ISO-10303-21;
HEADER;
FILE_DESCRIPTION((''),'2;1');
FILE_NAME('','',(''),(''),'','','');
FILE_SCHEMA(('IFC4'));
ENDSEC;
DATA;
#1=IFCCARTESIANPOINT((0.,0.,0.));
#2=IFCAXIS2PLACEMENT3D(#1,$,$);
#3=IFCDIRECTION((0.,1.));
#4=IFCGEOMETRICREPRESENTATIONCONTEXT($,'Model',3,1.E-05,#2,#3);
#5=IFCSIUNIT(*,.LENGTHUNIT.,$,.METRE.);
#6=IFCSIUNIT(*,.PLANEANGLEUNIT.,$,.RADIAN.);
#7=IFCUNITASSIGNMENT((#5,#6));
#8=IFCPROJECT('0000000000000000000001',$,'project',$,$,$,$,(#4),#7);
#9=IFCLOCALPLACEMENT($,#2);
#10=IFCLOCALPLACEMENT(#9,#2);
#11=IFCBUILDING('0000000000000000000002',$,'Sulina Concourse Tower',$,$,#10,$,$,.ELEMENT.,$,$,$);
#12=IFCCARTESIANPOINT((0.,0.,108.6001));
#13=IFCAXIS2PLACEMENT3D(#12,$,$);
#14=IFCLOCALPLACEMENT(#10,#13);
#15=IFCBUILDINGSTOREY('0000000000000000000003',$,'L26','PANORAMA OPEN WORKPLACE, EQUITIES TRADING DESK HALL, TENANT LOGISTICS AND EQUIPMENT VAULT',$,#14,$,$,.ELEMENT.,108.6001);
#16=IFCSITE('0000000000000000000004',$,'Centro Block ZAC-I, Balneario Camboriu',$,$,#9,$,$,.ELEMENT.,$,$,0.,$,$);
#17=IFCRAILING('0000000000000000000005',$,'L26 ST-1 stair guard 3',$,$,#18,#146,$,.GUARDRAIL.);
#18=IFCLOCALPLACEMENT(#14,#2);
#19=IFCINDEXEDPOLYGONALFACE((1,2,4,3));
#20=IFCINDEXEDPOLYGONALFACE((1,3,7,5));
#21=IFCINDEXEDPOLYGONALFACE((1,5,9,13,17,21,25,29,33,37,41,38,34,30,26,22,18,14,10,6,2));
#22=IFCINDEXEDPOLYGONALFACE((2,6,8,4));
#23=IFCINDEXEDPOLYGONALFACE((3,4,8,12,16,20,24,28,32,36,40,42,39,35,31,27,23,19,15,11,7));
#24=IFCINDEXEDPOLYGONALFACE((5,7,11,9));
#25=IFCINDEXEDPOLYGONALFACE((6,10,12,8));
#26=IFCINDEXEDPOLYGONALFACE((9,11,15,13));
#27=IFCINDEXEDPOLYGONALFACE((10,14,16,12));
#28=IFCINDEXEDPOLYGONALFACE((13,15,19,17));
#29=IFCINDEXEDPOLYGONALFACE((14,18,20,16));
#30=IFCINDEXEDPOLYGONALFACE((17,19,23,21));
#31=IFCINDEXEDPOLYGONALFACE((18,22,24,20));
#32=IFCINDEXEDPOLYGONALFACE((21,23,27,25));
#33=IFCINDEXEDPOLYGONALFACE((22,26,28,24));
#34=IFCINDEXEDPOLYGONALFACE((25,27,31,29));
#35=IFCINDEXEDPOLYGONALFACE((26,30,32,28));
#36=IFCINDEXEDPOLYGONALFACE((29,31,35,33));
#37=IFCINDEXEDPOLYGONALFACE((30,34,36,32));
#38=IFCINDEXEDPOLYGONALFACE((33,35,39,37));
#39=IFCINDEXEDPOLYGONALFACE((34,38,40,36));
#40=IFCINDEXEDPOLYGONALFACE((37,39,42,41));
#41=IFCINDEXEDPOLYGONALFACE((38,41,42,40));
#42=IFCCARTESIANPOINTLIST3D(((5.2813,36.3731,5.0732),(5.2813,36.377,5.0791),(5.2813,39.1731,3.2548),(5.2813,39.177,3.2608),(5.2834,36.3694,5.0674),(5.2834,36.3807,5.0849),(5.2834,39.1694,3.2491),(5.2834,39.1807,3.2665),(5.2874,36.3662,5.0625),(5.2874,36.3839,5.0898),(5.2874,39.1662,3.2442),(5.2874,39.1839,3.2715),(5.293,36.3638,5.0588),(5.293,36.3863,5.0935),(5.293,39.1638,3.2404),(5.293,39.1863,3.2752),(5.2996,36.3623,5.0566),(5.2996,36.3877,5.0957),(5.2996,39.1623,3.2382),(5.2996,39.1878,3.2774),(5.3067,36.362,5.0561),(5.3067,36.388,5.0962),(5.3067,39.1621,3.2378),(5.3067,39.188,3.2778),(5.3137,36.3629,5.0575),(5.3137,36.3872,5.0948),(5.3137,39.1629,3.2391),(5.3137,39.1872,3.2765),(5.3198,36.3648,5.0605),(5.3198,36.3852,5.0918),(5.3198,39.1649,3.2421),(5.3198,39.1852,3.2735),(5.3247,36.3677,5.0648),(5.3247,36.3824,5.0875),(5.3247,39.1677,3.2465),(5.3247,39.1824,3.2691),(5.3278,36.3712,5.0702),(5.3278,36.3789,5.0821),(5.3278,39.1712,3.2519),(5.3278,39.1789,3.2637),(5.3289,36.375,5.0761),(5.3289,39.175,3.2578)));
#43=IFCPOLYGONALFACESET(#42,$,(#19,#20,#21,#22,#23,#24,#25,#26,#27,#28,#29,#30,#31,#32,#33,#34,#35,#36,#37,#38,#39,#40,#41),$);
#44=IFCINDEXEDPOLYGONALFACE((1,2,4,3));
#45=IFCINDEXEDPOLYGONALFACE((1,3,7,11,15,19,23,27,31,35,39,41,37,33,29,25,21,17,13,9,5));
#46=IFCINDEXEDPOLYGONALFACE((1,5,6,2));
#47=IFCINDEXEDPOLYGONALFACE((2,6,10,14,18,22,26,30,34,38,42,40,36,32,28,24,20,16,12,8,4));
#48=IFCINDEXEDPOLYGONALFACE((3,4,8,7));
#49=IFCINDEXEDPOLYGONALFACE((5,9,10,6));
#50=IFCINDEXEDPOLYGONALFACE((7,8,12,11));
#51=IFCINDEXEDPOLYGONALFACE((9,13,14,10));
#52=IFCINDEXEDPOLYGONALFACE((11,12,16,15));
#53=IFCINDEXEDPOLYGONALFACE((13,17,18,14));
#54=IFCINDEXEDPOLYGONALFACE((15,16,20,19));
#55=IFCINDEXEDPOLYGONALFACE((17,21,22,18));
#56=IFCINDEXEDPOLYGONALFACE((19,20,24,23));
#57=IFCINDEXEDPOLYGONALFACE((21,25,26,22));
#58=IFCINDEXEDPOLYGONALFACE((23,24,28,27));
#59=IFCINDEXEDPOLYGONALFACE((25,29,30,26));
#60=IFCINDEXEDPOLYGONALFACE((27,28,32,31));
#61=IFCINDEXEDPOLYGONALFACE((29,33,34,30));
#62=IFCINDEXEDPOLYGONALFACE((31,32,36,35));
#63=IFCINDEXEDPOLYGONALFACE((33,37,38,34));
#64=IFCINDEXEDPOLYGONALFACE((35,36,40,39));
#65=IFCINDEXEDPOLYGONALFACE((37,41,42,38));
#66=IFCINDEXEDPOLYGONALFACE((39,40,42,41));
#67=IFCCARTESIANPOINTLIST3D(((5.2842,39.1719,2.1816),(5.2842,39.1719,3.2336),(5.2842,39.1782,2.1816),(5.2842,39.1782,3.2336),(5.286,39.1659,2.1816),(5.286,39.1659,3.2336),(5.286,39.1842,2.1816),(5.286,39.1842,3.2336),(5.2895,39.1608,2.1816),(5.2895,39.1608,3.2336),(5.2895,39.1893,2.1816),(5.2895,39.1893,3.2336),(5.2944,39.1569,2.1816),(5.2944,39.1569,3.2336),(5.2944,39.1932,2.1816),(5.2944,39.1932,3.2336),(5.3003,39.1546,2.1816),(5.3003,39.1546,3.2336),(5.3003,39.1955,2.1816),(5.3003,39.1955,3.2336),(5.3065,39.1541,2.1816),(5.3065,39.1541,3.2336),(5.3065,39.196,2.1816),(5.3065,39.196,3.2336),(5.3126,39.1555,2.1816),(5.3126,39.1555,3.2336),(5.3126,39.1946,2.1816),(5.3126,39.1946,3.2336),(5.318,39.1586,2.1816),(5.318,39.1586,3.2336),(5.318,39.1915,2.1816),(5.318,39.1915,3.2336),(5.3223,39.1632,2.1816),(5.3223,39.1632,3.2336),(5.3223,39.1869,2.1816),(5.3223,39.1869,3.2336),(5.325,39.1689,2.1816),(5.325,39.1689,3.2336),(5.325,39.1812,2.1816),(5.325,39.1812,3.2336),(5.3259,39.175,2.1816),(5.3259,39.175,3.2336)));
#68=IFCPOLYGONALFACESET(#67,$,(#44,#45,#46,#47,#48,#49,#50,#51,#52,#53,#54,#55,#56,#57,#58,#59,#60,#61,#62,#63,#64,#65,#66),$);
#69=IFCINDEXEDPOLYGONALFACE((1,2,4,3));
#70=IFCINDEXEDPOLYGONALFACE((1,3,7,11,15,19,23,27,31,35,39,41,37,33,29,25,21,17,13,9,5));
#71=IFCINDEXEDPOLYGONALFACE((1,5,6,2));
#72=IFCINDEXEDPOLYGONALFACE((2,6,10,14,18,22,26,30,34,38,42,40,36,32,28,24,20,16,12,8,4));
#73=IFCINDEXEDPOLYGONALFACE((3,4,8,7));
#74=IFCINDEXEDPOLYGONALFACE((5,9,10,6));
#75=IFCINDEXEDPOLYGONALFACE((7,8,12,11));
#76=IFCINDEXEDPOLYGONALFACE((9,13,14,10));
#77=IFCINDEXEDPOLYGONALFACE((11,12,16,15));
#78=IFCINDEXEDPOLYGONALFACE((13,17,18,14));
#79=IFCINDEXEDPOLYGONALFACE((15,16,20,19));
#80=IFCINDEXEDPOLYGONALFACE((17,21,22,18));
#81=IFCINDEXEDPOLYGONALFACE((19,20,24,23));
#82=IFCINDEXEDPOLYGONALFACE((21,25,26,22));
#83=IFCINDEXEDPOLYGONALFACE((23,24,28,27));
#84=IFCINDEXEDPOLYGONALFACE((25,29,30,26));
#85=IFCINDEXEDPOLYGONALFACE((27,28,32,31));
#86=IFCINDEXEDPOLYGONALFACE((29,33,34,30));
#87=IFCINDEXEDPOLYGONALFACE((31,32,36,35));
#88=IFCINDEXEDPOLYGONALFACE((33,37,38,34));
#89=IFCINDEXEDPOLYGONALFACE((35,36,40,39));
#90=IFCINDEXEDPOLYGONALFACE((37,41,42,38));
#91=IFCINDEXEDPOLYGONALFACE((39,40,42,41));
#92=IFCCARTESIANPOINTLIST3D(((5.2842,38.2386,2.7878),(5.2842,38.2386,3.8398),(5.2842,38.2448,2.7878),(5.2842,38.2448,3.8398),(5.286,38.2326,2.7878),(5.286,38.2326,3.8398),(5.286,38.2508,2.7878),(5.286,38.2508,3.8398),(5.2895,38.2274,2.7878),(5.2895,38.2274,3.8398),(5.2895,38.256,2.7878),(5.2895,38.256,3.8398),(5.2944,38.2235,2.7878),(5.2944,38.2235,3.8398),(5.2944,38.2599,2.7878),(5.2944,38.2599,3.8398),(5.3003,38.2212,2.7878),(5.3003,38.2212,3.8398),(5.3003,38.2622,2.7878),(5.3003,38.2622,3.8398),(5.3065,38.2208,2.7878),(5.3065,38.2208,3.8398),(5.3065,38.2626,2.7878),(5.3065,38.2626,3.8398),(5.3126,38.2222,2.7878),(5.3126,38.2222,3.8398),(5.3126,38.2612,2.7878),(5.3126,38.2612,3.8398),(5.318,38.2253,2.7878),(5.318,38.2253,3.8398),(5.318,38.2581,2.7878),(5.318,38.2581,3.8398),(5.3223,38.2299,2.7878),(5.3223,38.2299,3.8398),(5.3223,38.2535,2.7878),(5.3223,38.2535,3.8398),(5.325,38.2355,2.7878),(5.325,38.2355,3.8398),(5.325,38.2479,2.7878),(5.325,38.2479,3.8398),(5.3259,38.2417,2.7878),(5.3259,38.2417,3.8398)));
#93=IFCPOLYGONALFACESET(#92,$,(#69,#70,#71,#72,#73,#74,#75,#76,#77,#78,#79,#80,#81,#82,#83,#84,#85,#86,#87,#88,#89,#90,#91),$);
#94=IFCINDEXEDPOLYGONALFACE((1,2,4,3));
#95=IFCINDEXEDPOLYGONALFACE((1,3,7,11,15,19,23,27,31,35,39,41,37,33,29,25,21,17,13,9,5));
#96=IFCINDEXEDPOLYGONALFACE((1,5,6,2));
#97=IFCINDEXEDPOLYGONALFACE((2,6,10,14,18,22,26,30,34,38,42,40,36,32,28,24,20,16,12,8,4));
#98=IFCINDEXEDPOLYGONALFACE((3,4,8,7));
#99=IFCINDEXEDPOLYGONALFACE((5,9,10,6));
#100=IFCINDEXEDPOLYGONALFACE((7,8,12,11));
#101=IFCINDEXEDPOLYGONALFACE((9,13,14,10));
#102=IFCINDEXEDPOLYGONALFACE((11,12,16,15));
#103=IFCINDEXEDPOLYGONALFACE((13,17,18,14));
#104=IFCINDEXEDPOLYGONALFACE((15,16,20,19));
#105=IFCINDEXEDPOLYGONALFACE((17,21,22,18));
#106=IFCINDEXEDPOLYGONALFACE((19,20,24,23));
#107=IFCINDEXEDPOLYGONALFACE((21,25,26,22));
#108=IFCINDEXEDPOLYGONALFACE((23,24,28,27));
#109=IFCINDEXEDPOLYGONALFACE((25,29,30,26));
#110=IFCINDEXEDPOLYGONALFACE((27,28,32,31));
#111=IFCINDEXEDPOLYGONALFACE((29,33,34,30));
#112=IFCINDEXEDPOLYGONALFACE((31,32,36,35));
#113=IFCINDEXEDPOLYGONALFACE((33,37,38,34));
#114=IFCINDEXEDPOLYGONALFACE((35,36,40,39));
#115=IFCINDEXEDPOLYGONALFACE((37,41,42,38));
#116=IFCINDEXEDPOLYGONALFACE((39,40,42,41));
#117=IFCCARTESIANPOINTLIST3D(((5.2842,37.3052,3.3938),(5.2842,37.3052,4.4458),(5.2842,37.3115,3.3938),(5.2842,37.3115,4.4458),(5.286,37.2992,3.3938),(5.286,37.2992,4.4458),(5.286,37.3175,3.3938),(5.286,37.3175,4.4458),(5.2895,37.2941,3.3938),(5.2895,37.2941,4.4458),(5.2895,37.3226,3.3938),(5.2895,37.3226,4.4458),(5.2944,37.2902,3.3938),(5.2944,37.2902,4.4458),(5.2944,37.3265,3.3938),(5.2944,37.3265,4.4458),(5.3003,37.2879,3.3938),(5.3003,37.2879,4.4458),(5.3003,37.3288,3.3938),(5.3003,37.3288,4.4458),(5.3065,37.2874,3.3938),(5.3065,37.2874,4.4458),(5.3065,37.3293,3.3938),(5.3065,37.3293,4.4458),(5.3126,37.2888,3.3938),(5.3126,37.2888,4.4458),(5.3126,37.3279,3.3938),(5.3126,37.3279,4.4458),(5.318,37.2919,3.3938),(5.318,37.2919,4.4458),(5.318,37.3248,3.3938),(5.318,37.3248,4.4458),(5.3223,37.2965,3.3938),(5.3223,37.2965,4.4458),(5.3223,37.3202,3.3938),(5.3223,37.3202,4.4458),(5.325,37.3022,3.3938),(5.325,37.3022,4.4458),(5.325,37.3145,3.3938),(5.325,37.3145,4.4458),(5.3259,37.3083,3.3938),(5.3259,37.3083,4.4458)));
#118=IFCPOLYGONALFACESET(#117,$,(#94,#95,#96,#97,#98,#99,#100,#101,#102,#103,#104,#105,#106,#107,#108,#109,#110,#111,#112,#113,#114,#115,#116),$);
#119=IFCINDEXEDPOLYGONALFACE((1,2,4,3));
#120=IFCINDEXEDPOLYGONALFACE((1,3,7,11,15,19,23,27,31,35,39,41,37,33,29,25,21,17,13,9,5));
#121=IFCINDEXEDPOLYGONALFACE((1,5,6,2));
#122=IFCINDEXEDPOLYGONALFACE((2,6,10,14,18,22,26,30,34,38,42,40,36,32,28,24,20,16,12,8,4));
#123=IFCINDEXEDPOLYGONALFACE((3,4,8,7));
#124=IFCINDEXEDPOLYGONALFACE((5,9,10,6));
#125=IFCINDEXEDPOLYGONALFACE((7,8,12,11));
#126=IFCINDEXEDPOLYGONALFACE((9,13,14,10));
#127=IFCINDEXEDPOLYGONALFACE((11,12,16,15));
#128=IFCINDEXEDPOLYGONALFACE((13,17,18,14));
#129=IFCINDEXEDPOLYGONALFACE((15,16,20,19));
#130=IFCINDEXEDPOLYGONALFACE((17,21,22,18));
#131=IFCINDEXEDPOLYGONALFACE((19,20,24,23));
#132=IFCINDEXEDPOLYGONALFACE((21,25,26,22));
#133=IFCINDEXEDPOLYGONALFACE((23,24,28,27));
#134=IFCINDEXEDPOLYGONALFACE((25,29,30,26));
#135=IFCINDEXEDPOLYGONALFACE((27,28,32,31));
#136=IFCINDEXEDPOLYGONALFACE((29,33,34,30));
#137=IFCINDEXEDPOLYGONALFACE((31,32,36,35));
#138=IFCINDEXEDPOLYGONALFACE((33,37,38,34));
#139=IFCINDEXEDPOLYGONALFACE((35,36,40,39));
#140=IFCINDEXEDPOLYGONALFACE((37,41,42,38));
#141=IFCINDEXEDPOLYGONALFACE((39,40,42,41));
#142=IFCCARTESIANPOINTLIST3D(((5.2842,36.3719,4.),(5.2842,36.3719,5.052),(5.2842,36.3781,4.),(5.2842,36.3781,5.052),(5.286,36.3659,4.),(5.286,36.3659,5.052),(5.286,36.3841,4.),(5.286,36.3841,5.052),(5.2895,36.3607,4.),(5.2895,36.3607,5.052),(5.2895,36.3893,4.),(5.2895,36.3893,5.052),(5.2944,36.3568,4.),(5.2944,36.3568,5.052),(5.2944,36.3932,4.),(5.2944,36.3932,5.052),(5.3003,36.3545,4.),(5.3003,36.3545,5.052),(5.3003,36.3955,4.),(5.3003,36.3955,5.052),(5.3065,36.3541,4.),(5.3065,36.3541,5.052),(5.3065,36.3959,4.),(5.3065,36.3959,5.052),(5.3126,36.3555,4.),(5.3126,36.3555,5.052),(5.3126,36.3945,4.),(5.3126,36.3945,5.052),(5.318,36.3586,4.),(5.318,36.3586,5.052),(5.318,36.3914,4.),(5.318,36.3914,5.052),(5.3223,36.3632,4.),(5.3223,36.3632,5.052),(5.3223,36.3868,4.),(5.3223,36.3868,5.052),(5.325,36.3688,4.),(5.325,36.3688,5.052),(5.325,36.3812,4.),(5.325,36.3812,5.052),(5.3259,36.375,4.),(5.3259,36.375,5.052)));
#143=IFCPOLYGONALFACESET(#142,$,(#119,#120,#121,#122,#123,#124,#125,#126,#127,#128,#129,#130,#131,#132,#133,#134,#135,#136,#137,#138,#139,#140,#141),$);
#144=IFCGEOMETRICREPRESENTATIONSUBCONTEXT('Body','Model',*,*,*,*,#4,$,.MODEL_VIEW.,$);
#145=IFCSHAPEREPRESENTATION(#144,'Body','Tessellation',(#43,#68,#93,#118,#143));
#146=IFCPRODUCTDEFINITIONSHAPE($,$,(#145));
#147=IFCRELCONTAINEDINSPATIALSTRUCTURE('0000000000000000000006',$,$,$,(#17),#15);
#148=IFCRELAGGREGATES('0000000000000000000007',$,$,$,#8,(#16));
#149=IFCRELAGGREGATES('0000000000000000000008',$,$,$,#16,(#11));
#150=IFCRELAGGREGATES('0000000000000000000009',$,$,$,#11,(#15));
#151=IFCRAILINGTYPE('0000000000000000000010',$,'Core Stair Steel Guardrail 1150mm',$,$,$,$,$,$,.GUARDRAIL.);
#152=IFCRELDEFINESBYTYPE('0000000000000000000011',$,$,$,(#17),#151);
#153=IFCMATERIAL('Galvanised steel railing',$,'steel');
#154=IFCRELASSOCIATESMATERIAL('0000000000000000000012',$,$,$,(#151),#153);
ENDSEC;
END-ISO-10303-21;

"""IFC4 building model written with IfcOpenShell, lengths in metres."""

from ifc_helpers import new_model, si_unit, direction, frame, origin, origin_2d, place, context, subcontext, project, spatial, circle, extrude, material, type_object, element, save


model = new_model("IFC4")

# Units and contexts
model_context = context("Model", 3, precision=1e-05, world=origin(), true_north=direction((0.0, 1.0)))
body_context = subcontext(model_context, "Body", "Model", "MODEL_VIEW")
ifc_project = project(units=[si_unit("LENGTHUNIT", "METRE"), si_unit("PLANEANGLEUNIT", "RADIAN")], contexts=[model_context])

# Site, building, storey
site_placement = place(None, origin())
site = spatial("IfcSite", under=ifc_project, at=site_placement, Name="Centro Block ZAC-I, Balneario Camboriu", CompositionType="ELEMENT", RefElevation=0.0)
building_placement = place(site_placement, origin())
building = spatial("IfcBuilding", under=site, at=building_placement, Name="Sulina Concourse Tower", CompositionType="ELEMENT")
storey_placement = place(building_placement, frame((0.0, 0.0, 108.6001)))
storey = spatial("IfcBuildingStorey", under=building, at=storey_placement, Name="L26", Description="PANORAMA OPEN WORKPLACE, EQUITIES TRADING DESK HALL, TENANT LOGISTICS AND EQUIPMENT VAULT", CompositionType="ELEMENT", Elevation=108.6001)

# Railing
ifc_material_1 = material(Name="Galvanised steel railing", Category="steel")
railing_type_1 = type_object("IfcRailingType", Name="Core Stair Steel Guardrail 1150mm", PredefinedType="GUARDRAIL", material=ifc_material_1)
railing_1_placement = place(storey_placement, frame((5.3049, 39.175, 2.1816)))
element("IfcRailing", 1, at=railing_1_placement, inside=storey, type_object=railing_type_1, Name="L26 ST-1 stair guard 3", PredefinedType="GUARDRAIL", context=body_context, shape_type="SweptSolid", body=[
    extrude(circle(Radius=0.0239, at=origin_2d()), frame((0.0, 0.0, 1.0762), z_axis=(0.0, -0.838672, 0.544636), x_axis=(1.0, 0.0, 0.0)), (0.0, 0.0, 1.0), 3.3386),
    extrude(circle(Radius=0.021, at=origin_2d()), origin(), (0.0, 0.0, 1.0), 1.052),
    extrude(circle(Radius=0.021, at=origin_2d()), frame((0.0, -0.9333, 0.6062)), (0.0, 0.0, 1.0), 1.052),
    extrude(circle(Radius=0.021, at=origin_2d()), frame((0.0, -1.8667, 1.2122)), (0.0, 0.0, 1.0), 1.052),
    extrude(circle(Radius=0.021, at=origin_2d()), frame((0.0, -2.8, 1.8184)), (0.0, 0.0, 1.0), 1.052),
])

save(model, "model.ifc")
